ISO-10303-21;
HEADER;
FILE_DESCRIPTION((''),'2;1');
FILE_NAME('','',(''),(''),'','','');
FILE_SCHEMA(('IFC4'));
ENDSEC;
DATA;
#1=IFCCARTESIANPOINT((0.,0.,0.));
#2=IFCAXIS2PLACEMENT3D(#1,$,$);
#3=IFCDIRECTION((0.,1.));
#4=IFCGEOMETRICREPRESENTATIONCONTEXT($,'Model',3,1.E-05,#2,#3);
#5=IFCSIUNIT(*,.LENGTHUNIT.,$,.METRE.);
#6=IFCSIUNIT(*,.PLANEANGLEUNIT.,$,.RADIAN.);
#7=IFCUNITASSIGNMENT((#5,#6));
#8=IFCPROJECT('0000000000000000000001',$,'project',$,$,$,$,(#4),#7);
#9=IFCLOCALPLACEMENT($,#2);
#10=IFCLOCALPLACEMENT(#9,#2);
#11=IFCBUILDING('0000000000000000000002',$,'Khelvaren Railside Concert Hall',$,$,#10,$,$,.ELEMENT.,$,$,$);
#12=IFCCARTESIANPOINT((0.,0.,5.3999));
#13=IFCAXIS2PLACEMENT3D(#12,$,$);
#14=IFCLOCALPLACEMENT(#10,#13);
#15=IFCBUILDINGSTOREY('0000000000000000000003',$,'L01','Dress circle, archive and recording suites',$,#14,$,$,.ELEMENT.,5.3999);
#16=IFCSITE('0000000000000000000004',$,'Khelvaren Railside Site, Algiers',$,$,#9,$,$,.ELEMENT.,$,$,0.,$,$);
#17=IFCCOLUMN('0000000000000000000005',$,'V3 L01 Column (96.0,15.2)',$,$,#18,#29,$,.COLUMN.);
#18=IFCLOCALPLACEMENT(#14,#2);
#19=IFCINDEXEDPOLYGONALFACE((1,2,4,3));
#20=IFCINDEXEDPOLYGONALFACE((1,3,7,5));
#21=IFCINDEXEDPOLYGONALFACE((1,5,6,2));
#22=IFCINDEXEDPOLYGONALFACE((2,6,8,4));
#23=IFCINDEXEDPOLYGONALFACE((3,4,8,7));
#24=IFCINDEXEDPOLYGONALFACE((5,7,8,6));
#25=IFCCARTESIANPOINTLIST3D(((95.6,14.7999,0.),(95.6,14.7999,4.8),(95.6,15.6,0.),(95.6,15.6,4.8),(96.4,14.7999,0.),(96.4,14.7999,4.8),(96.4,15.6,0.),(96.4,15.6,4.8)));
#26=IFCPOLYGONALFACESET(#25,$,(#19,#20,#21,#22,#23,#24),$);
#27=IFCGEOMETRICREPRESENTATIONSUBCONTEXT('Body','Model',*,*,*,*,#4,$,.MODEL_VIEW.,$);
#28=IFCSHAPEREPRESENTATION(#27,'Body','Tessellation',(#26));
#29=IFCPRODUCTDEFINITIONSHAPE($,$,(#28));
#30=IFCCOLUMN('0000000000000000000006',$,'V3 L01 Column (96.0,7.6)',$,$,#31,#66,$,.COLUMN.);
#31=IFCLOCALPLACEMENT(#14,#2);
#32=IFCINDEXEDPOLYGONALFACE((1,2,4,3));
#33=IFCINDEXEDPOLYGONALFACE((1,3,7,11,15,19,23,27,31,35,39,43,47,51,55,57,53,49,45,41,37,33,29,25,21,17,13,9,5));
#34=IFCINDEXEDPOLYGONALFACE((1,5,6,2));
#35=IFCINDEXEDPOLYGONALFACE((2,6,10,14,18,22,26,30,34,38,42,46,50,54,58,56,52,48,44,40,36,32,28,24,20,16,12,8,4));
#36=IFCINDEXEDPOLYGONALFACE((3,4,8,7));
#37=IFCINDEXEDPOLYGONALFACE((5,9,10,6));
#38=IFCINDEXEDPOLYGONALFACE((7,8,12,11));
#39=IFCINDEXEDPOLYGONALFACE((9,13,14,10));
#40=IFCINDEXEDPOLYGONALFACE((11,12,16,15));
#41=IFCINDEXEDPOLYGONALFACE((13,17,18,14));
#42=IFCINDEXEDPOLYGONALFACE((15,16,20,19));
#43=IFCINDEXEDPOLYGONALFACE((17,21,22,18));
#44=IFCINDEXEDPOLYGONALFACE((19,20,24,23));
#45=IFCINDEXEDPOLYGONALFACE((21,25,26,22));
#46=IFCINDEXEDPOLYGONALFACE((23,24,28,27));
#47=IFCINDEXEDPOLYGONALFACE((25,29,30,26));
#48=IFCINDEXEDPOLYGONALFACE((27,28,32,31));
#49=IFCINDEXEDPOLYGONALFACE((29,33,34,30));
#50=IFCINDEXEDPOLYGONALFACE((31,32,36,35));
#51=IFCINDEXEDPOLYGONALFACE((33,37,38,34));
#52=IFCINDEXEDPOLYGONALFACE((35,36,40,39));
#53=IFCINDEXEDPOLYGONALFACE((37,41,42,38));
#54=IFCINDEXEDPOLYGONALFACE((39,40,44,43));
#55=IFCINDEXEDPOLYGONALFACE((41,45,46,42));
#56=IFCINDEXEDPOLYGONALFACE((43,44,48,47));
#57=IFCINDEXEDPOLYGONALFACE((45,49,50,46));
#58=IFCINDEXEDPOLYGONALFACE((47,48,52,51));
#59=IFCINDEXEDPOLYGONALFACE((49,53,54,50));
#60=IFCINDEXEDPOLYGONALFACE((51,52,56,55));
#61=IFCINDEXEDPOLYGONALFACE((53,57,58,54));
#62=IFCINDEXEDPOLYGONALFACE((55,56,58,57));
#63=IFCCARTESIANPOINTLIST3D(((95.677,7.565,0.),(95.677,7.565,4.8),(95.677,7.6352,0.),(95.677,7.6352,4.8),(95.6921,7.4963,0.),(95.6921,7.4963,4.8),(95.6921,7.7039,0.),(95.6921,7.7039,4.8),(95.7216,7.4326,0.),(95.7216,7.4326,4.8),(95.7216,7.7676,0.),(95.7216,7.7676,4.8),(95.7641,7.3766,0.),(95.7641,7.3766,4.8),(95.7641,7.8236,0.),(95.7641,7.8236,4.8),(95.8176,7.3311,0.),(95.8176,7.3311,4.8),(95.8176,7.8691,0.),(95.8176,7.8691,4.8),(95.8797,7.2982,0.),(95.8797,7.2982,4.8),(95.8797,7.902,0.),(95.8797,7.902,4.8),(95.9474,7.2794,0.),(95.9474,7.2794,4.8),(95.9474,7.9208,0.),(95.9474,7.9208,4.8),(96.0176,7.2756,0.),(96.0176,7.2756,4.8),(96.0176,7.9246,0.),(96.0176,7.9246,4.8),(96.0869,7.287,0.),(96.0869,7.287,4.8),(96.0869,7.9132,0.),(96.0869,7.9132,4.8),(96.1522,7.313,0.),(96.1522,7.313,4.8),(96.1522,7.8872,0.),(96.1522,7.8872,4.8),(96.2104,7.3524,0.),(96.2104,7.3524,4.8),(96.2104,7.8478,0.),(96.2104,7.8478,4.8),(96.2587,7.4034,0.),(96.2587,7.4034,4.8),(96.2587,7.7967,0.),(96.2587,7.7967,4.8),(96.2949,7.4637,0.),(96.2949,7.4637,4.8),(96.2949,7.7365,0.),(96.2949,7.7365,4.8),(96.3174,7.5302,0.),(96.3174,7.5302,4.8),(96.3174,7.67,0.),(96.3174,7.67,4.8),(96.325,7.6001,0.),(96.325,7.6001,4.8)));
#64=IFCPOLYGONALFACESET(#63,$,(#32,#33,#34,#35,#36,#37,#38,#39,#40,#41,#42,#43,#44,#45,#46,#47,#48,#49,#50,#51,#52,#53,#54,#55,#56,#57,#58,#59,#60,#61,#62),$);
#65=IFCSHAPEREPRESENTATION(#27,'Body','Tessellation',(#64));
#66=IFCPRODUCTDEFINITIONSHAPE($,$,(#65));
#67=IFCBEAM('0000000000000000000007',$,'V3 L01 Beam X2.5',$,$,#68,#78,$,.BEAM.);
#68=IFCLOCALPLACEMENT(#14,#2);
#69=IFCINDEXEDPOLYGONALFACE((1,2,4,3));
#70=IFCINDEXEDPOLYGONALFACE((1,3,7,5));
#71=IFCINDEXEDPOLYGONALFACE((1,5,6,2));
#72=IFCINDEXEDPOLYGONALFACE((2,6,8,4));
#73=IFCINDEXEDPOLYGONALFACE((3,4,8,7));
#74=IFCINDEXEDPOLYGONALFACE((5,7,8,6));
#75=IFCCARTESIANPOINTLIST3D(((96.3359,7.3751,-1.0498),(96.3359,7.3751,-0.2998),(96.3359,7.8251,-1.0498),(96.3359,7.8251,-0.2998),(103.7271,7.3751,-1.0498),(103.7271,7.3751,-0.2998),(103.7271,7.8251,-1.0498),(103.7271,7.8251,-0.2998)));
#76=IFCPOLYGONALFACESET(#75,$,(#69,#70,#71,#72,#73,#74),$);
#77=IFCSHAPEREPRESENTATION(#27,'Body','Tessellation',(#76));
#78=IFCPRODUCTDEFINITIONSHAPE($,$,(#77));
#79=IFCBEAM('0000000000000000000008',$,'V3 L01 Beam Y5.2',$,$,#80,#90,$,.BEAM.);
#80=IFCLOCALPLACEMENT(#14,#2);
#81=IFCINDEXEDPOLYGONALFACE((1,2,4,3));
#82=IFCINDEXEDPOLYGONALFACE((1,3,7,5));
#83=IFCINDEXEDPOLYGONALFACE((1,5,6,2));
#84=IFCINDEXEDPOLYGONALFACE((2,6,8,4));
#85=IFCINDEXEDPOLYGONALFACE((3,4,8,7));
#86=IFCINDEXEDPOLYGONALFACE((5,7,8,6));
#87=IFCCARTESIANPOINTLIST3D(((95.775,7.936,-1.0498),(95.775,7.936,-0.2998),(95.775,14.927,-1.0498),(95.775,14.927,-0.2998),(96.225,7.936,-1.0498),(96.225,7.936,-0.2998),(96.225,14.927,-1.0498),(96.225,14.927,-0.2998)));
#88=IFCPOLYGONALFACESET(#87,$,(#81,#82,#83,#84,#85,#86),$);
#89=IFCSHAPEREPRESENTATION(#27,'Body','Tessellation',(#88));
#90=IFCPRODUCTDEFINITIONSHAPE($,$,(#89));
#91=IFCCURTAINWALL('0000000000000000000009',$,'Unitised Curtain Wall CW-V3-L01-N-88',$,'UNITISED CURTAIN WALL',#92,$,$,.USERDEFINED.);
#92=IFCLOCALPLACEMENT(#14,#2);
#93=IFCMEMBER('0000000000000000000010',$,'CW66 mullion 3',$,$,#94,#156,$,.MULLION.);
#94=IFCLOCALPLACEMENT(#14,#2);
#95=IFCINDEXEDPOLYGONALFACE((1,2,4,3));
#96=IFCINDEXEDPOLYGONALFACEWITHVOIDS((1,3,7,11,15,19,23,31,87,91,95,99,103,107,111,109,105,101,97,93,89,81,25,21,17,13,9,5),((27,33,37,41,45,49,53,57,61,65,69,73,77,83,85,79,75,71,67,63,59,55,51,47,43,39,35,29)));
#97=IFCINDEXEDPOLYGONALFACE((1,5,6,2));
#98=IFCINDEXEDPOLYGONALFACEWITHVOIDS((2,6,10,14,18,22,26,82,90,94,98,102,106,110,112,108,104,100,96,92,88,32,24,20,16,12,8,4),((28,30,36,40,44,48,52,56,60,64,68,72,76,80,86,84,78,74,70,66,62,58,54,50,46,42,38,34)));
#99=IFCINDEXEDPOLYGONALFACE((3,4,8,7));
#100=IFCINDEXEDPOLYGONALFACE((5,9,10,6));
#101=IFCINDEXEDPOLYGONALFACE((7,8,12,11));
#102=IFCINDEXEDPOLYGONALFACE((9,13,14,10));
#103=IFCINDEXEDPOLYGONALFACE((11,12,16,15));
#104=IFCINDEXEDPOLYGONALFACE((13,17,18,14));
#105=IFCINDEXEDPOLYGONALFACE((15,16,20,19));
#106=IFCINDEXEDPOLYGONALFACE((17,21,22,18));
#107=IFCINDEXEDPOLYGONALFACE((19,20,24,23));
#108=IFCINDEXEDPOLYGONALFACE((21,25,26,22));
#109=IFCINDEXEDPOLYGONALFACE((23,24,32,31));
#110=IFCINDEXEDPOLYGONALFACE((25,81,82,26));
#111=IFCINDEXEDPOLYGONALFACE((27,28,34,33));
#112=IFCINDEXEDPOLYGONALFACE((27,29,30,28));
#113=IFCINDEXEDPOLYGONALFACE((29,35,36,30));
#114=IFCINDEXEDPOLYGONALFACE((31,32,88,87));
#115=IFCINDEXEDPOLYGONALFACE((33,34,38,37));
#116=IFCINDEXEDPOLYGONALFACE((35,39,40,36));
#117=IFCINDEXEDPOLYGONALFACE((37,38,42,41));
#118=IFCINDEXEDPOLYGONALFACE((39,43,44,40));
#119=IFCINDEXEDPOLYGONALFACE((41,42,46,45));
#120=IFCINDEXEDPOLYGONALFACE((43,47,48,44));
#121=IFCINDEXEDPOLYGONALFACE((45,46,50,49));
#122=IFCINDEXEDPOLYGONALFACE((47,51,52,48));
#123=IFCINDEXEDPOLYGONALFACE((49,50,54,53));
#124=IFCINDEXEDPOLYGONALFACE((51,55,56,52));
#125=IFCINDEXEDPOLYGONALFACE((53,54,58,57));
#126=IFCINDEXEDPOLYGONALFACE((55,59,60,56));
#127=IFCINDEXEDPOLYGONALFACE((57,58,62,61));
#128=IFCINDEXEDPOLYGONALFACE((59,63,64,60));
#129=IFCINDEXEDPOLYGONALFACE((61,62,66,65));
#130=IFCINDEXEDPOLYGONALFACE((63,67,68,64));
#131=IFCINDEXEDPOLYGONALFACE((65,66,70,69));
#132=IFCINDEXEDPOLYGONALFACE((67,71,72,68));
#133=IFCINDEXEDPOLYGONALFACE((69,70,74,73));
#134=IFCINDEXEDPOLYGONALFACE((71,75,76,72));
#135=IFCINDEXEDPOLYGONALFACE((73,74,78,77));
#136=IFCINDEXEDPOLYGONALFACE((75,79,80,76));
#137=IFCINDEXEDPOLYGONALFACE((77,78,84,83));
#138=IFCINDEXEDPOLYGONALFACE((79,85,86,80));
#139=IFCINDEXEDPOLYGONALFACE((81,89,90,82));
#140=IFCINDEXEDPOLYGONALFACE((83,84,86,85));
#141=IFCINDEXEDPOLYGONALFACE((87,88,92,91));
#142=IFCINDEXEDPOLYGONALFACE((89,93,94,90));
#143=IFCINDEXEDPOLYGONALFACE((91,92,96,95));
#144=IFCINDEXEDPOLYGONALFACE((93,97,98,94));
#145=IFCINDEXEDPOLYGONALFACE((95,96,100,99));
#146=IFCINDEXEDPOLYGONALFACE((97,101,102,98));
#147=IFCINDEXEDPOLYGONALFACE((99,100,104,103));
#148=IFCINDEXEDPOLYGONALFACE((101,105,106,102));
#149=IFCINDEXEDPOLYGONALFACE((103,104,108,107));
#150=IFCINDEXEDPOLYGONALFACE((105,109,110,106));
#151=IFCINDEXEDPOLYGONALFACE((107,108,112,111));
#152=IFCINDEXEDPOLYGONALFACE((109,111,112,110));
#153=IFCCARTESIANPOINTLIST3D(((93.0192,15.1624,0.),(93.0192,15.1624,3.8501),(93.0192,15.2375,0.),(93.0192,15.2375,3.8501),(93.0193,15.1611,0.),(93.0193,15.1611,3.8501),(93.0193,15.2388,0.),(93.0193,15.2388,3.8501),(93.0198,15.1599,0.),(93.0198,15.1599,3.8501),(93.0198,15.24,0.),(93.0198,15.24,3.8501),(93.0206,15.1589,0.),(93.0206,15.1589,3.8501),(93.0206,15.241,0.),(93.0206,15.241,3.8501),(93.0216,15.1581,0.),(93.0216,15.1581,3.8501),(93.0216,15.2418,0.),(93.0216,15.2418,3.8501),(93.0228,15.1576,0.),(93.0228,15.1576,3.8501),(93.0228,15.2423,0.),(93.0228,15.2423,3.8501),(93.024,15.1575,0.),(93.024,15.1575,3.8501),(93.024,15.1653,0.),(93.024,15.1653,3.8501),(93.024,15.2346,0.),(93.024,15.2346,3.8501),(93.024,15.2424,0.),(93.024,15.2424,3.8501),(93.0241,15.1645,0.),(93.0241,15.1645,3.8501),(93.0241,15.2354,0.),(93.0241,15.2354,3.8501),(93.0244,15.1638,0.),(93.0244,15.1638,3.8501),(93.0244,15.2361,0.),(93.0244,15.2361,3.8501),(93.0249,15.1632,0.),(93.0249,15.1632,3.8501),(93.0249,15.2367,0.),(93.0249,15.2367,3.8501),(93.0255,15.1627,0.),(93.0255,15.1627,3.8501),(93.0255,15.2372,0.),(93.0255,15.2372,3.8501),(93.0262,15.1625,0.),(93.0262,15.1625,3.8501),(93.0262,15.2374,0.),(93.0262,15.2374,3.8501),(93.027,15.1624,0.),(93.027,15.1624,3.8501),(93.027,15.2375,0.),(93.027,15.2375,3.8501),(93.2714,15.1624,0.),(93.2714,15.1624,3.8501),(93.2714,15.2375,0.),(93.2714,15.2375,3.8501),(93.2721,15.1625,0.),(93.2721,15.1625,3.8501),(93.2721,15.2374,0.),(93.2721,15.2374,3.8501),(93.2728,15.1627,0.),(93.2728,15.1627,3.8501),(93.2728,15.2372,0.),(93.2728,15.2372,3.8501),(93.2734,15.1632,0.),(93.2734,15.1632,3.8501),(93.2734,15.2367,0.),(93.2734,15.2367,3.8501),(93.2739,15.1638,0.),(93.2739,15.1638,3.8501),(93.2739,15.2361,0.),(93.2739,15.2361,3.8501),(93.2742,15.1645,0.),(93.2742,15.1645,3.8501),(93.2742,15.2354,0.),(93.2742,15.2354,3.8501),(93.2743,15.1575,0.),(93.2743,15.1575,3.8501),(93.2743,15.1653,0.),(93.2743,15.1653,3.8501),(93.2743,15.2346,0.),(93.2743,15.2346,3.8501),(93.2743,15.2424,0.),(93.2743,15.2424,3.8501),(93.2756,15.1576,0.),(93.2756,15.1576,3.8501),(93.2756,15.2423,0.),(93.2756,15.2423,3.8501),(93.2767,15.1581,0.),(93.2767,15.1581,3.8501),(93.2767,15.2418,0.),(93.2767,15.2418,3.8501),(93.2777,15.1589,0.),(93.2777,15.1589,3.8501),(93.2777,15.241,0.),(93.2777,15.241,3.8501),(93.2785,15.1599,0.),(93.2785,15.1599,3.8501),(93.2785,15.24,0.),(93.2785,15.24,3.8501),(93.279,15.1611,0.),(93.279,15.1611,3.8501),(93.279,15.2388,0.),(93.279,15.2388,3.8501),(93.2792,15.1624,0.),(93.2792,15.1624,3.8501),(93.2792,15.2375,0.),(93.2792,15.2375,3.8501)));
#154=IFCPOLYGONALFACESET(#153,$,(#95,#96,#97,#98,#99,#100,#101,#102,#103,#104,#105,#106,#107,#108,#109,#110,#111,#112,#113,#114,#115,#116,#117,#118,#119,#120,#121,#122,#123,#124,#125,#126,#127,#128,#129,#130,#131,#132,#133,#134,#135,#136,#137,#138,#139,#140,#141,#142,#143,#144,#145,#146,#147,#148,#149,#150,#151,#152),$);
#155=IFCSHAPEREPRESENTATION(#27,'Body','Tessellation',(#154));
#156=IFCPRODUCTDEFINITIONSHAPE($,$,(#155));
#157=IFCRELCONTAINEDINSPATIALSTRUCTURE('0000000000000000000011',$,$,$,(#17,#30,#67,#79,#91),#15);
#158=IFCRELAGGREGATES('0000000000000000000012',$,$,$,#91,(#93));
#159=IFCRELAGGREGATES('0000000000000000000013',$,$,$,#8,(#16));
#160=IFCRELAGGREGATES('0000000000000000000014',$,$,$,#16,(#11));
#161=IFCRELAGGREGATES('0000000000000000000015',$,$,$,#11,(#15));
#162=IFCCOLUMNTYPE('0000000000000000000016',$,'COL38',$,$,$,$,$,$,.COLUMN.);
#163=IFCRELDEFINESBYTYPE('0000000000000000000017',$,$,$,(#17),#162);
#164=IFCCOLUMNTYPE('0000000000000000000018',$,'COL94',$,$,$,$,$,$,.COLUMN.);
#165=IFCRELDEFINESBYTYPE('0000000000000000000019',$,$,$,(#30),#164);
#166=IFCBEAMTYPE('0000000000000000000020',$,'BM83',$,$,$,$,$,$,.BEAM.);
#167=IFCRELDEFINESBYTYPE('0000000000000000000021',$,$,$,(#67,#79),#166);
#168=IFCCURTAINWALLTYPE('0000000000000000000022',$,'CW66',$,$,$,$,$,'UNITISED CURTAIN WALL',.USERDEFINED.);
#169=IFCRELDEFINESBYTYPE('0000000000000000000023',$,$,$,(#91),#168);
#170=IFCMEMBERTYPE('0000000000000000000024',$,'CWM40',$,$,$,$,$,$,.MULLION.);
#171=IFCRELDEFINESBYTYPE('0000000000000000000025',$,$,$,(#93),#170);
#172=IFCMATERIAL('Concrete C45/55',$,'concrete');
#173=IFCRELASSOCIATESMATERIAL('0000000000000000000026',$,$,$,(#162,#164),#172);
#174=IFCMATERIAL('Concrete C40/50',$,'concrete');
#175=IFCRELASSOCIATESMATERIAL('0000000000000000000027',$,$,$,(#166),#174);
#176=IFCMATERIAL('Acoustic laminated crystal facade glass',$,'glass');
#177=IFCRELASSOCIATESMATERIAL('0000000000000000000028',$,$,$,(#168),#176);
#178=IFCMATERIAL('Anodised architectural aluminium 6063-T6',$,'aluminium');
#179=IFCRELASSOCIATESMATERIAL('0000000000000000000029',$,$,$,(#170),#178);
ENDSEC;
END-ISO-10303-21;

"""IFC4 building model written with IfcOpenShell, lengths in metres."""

from ifc_helpers import new_model, si_unit, direction, frame, origin, origin_2d, place, context, subcontext, project, spatial, rectangle, hollow_rectangle, circle, extrude, material, material_profile, profile_set, type_object, element, aggregate, save


model = new_model("IFC4")

# Units and contexts
model_context = context("Model", 3, precision=1e-05, world=origin(), true_north=direction((0.0, 1.0)))
body_context = subcontext(model_context, "Body", "Model", "MODEL_VIEW")
ifc_project = project(units=[si_unit("LENGTHUNIT", "METRE"), si_unit("PLANEANGLEUNIT", "RADIAN")], contexts=[model_context])

# Site, building, storey
site_placement = place(None, origin())
site = spatial("IfcSite", under=ifc_project, at=site_placement, Name="Khelvaren Railside Site, Algiers", CompositionType="ELEMENT", RefElevation=0.0)
building_placement = place(site_placement, origin())
building = spatial("IfcBuilding", under=site, at=building_placement, Name="Khelvaren Railside Concert Hall", CompositionType="ELEMENT")
storey_placement = place(building_placement, frame((0.0, 0.0, 5.3999)))
storey = spatial("IfcBuildingStorey", under=building, at=storey_placement, Name="L01", Description="Dress circle, archive and recording suites", CompositionType="ELEMENT", Elevation=5.3999)

# Columns
ifc_material_1 = material(Name="Concrete C45/55", Category="concrete")
ifc_material_profile_1 = material_profile(ifc_material_1, rectangle(XDim=0.8, YDim=0.8, at=origin_2d()), Name="RC 800x800")
ifc_profile_set_1 = profile_set([ifc_material_profile_1], Name="Concrete C45/55")
column_type_1 = type_object("IfcColumnType", Name="COL38", PredefinedType="COLUMN", material=ifc_profile_set_1)
column_1_placement = place(storey_placement, frame((96.0, 15.2, 0.0), z_axis=(0.0, 0.0, 1.0), x_axis=(1.0, 0.0, 0.0)))
element("IfcColumn", 1, at=column_1_placement, inside=storey, type_object=column_type_1, Name="V3 L01 Column (96.0,15.2)", PredefinedType="COLUMN", context=body_context, shape_type="SweptSolid", body=[
    extrude(rectangle(XDim=0.8, YDim=0.8, at=origin_2d()), origin(), (0.0, 0.0, 1.0), 4.8),
])
ifc_material_profile_2 = material_profile(ifc_material_1, circle(Radius=0.325, at=origin_2d()), Name="RC D650")
ifc_profile_set_2 = profile_set([ifc_material_profile_2], Name="Concrete C45/55")
column_type_2 = type_object("IfcColumnType", Name="COL94", PredefinedType="COLUMN", material=ifc_profile_set_2)
column_2_placement = place(storey_placement, frame((96.0, 7.6001, 0.0), z_axis=(0.0, 0.0, 1.0), x_axis=(1.0, 0.0, 0.0)))
element("IfcColumn", 2, at=column_2_placement, inside=storey, type_object=column_type_2, Name="V3 L01 Column (96.0,7.6)", PredefinedType="COLUMN", context=body_context, shape_type="SweptSolid", body=[
    extrude(circle(Radius=0.325, at=origin_2d()), origin(), (0.0, 0.0, 1.0), 4.8),
])

# Beams
ifc_material_2 = material(Name="Concrete C40/50", Category="concrete")
ifc_material_profile_3 = material_profile(ifc_material_2, rectangle(XDim=0.45, YDim=0.75, at=origin_2d()), Name="RCB 450x750")
ifc_profile_set_3 = profile_set([ifc_material_profile_3], Name="Concrete C40/50")
beam_type_1 = type_object("IfcBeamType", Name="BM83", PredefinedType="BEAM", material=ifc_profile_set_3)
beam_1_placement = place(storey_placement, frame((96.3359, 7.6001, -0.6748), z_axis=(1.0, 0.0, 0.0), x_axis=(0.0, 1.0, 0.0)))
element("IfcBeam", 3, at=beam_1_placement, inside=storey, type_object=beam_type_1, Name="V3 L01 Beam X2.5", PredefinedType="BEAM", context=body_context, shape_type="SweptSolid", body=[
    extrude(rectangle(XDim=0.45, YDim=0.75, at=origin_2d()), origin(), (0.0, 0.0, 1.0), 7.3911),
])
beam_2_placement = place(storey_placement, frame((96.0, 7.936, -0.6748), z_axis=(0.0, 1.0, 0.0), x_axis=(-1.0, 0.0, 0.0)))
element("IfcBeam", 4, at=beam_2_placement, inside=storey, type_object=beam_type_1, Name="V3 L01 Beam Y5.2", PredefinedType="BEAM", context=body_context, shape_type="SweptSolid", body=[
    extrude(rectangle(XDim=0.45, YDim=0.75, at=origin_2d()), origin(), (0.0, 0.0, 1.0), 6.991),
])

# Curtain wall, member
ifc_material_3 = material(Name="Acoustic laminated crystal facade glass", Category="glass")
curtain_wall_type_1 = type_object("IfcCurtainWallType", Name="CW66", ElementType="UNITISED CURTAIN WALL", PredefinedType="USERDEFINED", material=ifc_material_3)
curtain_wall_1_placement = place(storey_placement, origin())
curtain_wall_1 = element("IfcCurtainWall", 5, at=curtain_wall_1_placement, inside=storey, type_object=curtain_wall_type_1, Name="Unitised Curtain Wall CW-V3-L01-N-88", ObjectType="UNITISED CURTAIN WALL", PredefinedType="USERDEFINED")
ifc_material_4 = material(Name="Anodised architectural aluminium 6063-T6", Category="aluminium")
ifc_material_profile_4 = material_profile(ifc_material_4, hollow_rectangle(XDim=0.085, YDim=0.26, WallThickness=0.0049, InnerFilletRadius=0.0029, OuterFilletRadius=0.0049, at=origin_2d()), Name="CWM 85x260x5")
ifc_profile_set_4 = profile_set([ifc_material_profile_4], Name="Anodised architectural aluminium 6063-T6")
member_type_1 = type_object("IfcMemberType", Name="CWM40", PredefinedType="MULLION", material=ifc_profile_set_4)
member_1_placement = place(storey_placement, frame((93.1492, 15.2, 0.0), z_axis=(0.0, 0.0, 1.0), x_axis=(0.0, 1.0, 0.0)))
member_1 = element("IfcMember", 6, at=member_1_placement, type_object=member_type_1, Name="CW66 mullion 3", PredefinedType="MULLION", context=body_context, shape_type="SweptSolid", body=[
    extrude(hollow_rectangle(XDim=0.085, YDim=0.26, WallThickness=0.0049, InnerFilletRadius=0.0029, OuterFilletRadius=0.0049, at=origin_2d()), origin(), (0.0, 0.0, 1.0), 3.8501),
])

aggregate(curtain_wall_1, [member_1])

save(model, "model.ifc")
